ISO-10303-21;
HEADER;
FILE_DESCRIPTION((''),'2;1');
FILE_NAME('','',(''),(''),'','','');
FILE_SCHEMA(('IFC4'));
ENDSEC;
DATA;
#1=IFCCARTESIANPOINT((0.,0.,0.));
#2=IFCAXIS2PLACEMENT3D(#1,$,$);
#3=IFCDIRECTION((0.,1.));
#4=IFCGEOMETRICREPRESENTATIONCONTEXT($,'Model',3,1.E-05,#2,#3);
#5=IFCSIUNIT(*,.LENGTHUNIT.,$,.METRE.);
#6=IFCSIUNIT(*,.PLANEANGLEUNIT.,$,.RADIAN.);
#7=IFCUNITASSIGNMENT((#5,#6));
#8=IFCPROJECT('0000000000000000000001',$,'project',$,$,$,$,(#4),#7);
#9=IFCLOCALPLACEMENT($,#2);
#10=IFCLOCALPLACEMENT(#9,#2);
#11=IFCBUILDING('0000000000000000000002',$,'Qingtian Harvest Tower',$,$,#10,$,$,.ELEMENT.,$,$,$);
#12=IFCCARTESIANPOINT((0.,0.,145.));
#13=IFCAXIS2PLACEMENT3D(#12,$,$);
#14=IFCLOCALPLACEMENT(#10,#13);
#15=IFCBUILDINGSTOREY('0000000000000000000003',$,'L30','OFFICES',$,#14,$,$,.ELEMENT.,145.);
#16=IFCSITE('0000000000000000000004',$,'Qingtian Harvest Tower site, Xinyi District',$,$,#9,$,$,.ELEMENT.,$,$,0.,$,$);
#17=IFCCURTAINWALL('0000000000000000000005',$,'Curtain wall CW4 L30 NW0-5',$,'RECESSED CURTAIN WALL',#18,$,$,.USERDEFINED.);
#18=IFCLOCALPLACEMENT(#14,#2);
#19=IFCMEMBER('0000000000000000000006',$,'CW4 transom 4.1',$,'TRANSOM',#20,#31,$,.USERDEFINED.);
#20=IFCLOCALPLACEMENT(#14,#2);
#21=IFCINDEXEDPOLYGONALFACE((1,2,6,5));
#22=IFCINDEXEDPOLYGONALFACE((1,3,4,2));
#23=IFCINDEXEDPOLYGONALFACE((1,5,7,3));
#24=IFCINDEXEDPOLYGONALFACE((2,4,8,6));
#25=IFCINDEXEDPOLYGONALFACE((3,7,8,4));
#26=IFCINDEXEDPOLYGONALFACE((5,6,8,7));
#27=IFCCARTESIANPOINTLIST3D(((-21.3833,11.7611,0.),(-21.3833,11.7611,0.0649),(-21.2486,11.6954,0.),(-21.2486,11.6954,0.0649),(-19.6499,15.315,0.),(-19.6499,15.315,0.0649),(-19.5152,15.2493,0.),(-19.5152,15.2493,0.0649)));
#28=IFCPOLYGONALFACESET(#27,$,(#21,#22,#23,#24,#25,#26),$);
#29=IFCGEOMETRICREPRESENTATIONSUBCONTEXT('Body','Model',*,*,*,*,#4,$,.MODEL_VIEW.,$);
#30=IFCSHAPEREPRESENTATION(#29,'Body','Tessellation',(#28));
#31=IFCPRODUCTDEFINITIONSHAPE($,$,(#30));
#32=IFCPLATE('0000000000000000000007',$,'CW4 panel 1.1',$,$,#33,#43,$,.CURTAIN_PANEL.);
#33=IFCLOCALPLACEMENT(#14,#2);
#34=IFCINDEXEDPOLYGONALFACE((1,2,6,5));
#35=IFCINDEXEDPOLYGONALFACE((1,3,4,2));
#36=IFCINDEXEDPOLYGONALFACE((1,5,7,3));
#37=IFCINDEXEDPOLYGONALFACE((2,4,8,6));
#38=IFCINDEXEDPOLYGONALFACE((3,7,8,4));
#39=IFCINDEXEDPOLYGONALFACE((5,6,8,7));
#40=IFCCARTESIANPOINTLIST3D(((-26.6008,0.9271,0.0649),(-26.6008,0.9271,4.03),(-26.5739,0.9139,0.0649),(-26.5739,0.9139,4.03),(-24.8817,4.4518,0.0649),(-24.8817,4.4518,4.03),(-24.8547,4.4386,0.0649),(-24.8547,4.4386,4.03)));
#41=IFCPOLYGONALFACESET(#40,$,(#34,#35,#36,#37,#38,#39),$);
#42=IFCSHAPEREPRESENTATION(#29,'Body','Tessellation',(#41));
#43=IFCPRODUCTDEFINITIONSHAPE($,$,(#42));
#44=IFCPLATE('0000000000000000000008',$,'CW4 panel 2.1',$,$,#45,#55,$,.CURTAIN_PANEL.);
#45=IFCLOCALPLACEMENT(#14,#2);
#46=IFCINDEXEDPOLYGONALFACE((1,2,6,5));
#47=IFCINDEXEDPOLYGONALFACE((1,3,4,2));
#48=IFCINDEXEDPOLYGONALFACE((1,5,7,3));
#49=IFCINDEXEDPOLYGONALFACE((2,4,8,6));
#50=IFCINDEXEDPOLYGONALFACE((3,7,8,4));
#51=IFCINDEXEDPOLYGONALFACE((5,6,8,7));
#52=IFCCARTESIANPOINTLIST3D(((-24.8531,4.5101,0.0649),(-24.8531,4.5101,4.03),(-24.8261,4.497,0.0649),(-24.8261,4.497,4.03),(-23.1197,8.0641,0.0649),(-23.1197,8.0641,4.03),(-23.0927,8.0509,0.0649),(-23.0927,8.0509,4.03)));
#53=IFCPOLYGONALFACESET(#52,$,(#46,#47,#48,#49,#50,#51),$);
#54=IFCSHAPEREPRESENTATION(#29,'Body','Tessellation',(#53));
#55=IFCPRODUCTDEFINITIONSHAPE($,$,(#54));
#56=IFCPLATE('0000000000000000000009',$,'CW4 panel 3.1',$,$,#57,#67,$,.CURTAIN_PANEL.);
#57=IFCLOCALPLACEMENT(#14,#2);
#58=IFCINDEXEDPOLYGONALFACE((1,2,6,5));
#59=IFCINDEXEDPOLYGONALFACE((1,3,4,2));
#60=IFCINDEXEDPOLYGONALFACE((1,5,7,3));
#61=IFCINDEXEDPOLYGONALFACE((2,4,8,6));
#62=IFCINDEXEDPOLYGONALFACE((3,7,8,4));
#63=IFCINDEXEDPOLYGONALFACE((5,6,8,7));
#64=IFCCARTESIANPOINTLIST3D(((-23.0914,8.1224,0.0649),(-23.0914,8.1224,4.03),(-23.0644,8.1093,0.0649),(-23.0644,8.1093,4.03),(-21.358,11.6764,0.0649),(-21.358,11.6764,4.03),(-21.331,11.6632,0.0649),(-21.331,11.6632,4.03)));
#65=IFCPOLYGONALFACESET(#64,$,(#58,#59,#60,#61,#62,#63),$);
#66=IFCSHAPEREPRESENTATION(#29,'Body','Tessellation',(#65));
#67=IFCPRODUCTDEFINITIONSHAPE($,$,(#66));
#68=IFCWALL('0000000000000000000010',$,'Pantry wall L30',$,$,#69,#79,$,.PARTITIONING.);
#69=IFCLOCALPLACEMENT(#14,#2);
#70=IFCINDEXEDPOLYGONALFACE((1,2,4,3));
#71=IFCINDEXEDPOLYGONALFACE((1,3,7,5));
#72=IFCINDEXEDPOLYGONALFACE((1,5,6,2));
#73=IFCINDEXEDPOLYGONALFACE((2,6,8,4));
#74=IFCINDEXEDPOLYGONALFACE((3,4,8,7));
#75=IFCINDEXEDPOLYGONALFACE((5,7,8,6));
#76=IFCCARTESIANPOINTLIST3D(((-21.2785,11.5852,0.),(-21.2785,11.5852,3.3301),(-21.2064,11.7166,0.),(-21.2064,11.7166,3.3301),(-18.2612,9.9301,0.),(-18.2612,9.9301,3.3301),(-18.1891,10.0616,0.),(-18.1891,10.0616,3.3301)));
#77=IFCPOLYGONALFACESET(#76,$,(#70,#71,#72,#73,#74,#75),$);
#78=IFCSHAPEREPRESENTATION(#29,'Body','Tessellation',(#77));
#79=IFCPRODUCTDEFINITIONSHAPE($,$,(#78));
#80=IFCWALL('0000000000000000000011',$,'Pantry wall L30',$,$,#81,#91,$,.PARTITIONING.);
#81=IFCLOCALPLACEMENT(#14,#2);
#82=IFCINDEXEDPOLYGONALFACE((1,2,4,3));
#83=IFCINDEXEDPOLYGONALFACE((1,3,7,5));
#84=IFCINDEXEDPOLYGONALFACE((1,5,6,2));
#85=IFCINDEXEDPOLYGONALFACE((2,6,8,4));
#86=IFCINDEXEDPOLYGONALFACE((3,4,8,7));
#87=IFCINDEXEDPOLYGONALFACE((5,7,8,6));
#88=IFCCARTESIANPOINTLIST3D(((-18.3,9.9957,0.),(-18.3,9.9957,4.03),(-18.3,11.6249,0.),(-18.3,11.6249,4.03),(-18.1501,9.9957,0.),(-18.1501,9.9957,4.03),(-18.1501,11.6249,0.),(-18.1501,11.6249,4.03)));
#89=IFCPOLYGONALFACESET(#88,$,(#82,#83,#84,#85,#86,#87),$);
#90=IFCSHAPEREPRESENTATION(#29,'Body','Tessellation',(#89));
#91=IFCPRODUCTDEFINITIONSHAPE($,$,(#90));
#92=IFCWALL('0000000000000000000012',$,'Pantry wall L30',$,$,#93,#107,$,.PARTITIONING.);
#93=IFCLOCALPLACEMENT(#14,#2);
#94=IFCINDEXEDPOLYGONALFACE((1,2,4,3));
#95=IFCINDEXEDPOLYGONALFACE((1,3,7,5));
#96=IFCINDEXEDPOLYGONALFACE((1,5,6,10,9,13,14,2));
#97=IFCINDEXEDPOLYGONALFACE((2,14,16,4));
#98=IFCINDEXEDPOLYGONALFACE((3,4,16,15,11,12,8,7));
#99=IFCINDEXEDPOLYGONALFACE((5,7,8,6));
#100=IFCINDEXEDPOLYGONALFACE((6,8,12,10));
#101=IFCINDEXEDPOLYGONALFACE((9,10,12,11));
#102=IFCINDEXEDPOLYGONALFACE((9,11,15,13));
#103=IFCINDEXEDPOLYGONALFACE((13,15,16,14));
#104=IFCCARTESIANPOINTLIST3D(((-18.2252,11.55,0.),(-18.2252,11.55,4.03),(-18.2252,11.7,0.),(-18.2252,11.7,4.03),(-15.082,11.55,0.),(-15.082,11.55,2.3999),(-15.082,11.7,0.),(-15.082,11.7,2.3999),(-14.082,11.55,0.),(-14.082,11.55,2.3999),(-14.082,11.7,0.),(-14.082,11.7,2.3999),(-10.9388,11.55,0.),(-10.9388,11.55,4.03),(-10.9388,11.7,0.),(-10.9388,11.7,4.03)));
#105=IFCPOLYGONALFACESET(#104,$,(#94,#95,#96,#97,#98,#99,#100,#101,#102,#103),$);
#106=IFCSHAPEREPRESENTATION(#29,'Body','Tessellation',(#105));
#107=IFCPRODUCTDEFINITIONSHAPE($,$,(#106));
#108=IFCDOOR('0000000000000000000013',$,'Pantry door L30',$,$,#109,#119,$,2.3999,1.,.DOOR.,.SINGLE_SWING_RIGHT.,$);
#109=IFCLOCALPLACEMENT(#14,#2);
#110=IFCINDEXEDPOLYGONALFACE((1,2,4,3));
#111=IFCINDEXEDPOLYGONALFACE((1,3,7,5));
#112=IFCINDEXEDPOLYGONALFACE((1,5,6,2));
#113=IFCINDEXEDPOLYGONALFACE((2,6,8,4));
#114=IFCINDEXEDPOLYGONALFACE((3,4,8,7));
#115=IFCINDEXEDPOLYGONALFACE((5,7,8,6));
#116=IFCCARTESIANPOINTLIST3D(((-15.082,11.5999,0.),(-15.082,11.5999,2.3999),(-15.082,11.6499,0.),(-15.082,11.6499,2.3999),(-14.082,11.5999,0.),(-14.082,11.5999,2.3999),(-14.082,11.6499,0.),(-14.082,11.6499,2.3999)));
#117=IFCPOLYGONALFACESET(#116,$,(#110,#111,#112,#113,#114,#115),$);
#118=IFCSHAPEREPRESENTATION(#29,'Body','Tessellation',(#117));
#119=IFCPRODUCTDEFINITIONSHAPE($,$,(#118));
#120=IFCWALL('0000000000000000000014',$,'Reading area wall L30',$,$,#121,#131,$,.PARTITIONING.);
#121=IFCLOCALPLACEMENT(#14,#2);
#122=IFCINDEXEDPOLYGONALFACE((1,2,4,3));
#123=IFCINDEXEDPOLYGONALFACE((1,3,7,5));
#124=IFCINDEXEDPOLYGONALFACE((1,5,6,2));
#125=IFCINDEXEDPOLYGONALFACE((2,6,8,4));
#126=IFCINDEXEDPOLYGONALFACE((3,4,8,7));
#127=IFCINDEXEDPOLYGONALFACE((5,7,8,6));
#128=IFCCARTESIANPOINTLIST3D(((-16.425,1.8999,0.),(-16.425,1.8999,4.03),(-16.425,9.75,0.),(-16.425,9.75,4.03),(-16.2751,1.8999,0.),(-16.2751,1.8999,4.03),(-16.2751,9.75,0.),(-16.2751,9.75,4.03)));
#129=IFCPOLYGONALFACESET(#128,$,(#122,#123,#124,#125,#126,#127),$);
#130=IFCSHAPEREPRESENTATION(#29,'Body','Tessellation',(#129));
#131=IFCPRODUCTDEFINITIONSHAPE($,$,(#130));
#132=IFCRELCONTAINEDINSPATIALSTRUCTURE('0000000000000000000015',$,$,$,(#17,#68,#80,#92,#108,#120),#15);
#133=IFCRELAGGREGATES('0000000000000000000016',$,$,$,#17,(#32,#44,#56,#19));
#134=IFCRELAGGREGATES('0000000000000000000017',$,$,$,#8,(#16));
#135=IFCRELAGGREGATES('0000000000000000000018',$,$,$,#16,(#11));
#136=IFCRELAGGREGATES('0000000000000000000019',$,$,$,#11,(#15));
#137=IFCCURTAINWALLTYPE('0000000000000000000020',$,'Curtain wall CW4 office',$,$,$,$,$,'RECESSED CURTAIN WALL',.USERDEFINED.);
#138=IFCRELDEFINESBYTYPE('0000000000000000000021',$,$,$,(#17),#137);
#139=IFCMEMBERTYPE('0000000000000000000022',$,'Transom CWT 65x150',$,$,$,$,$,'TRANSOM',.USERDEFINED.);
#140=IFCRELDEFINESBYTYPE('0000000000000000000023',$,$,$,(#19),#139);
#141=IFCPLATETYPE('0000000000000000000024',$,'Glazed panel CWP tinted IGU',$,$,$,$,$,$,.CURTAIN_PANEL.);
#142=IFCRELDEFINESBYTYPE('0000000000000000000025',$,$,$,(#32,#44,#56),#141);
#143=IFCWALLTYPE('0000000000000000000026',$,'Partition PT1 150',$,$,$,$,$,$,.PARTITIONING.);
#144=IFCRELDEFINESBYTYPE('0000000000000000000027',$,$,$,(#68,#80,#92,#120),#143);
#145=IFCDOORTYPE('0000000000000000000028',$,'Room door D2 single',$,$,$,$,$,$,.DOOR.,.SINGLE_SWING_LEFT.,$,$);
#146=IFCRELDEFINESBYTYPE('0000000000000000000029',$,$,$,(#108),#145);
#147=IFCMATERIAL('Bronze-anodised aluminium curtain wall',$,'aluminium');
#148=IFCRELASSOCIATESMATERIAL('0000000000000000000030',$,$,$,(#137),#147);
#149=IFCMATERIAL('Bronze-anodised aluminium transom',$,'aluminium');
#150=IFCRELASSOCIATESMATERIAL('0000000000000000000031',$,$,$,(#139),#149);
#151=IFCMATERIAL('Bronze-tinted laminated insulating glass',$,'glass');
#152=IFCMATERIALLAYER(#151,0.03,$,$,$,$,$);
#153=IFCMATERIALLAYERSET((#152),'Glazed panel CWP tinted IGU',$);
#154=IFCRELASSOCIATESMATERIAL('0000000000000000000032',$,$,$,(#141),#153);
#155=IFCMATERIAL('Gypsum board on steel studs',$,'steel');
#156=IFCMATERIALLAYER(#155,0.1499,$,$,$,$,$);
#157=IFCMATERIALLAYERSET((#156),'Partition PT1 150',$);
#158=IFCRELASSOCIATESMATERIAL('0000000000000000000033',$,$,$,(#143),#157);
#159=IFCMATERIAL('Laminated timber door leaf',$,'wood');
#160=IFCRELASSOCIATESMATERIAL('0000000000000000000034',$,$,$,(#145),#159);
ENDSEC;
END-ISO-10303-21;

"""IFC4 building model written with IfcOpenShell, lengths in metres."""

from ifc_helpers import new_model, si_unit, direction, frame, frame_2d, origin, origin_2d, place, context, subcontext, project, spatial, rectangle, extrude, material, layer, layer_set, material_profile, profile_set, type_object, element, fill, aggregate, save


model = new_model("IFC4")

# Units and contexts
model_context = context("Model", 3, precision=1e-05, world=origin(), true_north=direction((0.0, 1.0)))
body_context = subcontext(model_context, "Body", "Model", "MODEL_VIEW")
ifc_project = project(units=[si_unit("LENGTHUNIT", "METRE"), si_unit("PLANEANGLEUNIT", "RADIAN")], contexts=[model_context])

# Site, building, storey
site_placement = place(None, origin())
site = spatial("IfcSite", under=ifc_project, at=site_placement, Name="Qingtian Harvest Tower site, Xinyi District", CompositionType="ELEMENT", RefElevation=0.0)
building_placement = place(site_placement, origin())
building = spatial("IfcBuilding", under=site, at=building_placement, Name="Qingtian Harvest Tower", CompositionType="ELEMENT")
storey_placement = place(building_placement, frame((0.0, 0.0, 145.0)))
storey = spatial("IfcBuildingStorey", under=building, at=storey_placement, Name="L30", Description="OFFICES", CompositionType="ELEMENT", Elevation=145.0)

# Shared definitions
ifc_material_1 = material(Name="Bronze-anodised aluminium curtain wall", Category="aluminium")
curtain_wall_type = type_object("IfcCurtainWallType", Name="Curtain wall CW4 office", ElementType="RECESSED CURTAIN WALL", PredefinedType="USERDEFINED", material=ifc_material_1)

# Curtain wall
curtain_wall_1_placement = place(storey_placement, origin())
curtain_wall_1 = element("IfcCurtainWall", 1, at=curtain_wall_1_placement, inside=storey, type_object=curtain_wall_type, Name="Curtain wall CW4 L30 NW0-5", ObjectType="RECESSED CURTAIN WALL", PredefinedType="USERDEFINED")

# Member
ifc_material_2 = material(Name="Bronze-anodised aluminium transom", Category="aluminium")
ifc_material_profile_1 = material_profile(ifc_material_2, rectangle(XDim=0.1499, YDim=0.0649, at=origin_2d()), Name="AL 65x150")
ifc_profile_set_1 = profile_set([ifc_material_profile_1], Name="Bronze-anodised aluminium transom")
member_type_1 = type_object("IfcMemberType", Name="Transom CWT 65x150", ElementType="TRANSOM", PredefinedType="USERDEFINED", material=ifc_profile_set_1)
member_1_placement = place(storey_placement, frame((-21.3159, 11.7283, 0.0325), z_axis=(0.438375, 0.898792, 0.0), x_axis=(-0.898792, 0.438375, 0.0)))
member_1 = element("IfcMember", 2, at=member_1_placement, type_object=member_type_1, Name="CW4 transom 4.1", ObjectType="TRANSOM", PredefinedType="USERDEFINED", context=body_context, shape_type="SweptSolid", body=[
    extrude(rectangle(XDim=0.1499, YDim=0.0649, at=origin_2d()), origin(), (0.0, 0.0, 1.0), 3.9541),
])

# Plates
ifc_material_3 = material(Name="Bronze-tinted laminated insulating glass", Category="glass")
ifc_layer_1 = layer(ifc_material_3, 0.03)
ifc_layer_set_1 = layer_set([ifc_layer_1], Name="Glazed panel CWP tinted IGU")
plate_type = type_object("IfcPlateType", Name="Glazed panel CWP tinted IGU", PredefinedType="CURTAIN_PANEL", material=ifc_layer_set_1)
plate_1_placement = place(storey_placement, frame((-25.7278, 2.6829, 0.0649), z_axis=(0.0, 0.0, 1.0), x_axis=(0.438371, 0.898794, 0.0)))
plate_1 = element("IfcPlate", 3, at=plate_1_placement, type_object=plate_type, Name="CW4 panel 1.1", PredefinedType="CURTAIN_PANEL", context=body_context, shape_type="SweptSolid", body=[
    extrude(rectangle(XDim=3.9216, YDim=0.03, at=origin_2d()), origin(), (0.0, 0.0, 1.0), 3.9651),
])
plate_2_placement = place(storey_placement, frame((-23.9729, 6.2805, 0.0649), z_axis=(0.0, 0.0, 1.0), x_axis=(0.438371, 0.898794, 0.0)))
plate_2 = element("IfcPlate", 4, at=plate_2_placement, type_object=plate_type, Name="CW4 panel 2.1", PredefinedType="CURTAIN_PANEL", context=body_context, shape_type="SweptSolid", body=[
    extrude(rectangle(XDim=3.9541, YDim=0.03, at=origin_2d()), origin(), (0.0, 0.0, 1.0), 3.9651),
])
plate_3_placement = place(storey_placement, frame((-22.2112, 9.8928, 0.0649), z_axis=(0.0, 0.0, 1.0), x_axis=(0.438371, 0.898794, 0.0)))
plate_3 = element("IfcPlate", 5, at=plate_3_placement, type_object=plate_type, Name="CW4 panel 3.1", PredefinedType="CURTAIN_PANEL", context=body_context, shape_type="SweptSolid", body=[
    extrude(rectangle(XDim=3.9541, YDim=0.03, at=origin_2d()), origin(), (0.0, 0.0, 1.0), 3.9651),
])
aggregate(curtain_wall_1, [plate_1, plate_2, plate_3, member_1])

# Walls
ifc_material_4 = material(Name="Gypsum board on steel studs", Category="steel")
ifc_layer_2 = layer(ifc_material_4, 0.1499)
ifc_layer_set_2 = layer_set([ifc_layer_2], Name="Partition PT1 150")
wall_type = type_object("IfcWallType", Name="Partition PT1 150", PredefinedType="PARTITIONING", material=ifc_layer_set_2)
wall_1_placement = place(storey_placement, frame((-21.2424, 11.6509, 0.0), z_axis=(0.0, 0.0, 1.0), x_axis=(0.876768, -0.480914, 0.0)))
element("IfcWall", 6, at=wall_1_placement, inside=storey, type_object=wall_type, Name="Pantry wall L30", PredefinedType="PARTITIONING", context=body_context, shape_type="SweptSolid", body=[
    extrude(rectangle(XDim=3.4414, YDim=0.1499, at=frame_2d((1.7207, 0.0))), origin(), (0.0, 0.0, 1.0), 3.3301),
])
wall_2_placement = place(storey_placement, frame((-18.2251, 9.9958, 0.0), z_axis=(0.0, 0.0, 1.0), x_axis=(0.0, 1.0, 0.0)))
element("IfcWall", 7, at=wall_2_placement, inside=storey, type_object=wall_type, Name="Pantry wall L30", PredefinedType="PARTITIONING", context=body_context, shape_type="SweptSolid", body=[
    extrude(rectangle(XDim=1.6292, YDim=0.1499, at=frame_2d((0.8145, 0.0))), origin(), (0.0, 0.0, 1.0), 4.03),
])

# Wall, opening, door
wall_3_placement = place(storey_placement, frame((-18.2251, 11.625, 0.0), z_axis=(0.0, 0.0, 1.0), x_axis=(1.0, 0.0, 0.0)))
wall_3 = element("IfcWall", 8, at=wall_3_placement, inside=storey, type_object=wall_type, Name="Pantry wall L30", PredefinedType="PARTITIONING", context=body_context, shape_type="SweptSolid", body=[
    extrude(rectangle(XDim=7.2864, YDim=0.1499, at=frame_2d((3.6431, 0.0))), origin(), (0.0, 0.0, 1.0), 4.03),
])
opening_placement = place(wall_3_placement, frame((3.1431, 0.0, 0.0)))
opening = element("IfcOpeningElement", 9, at=opening_placement, cuts=wall_3, PredefinedType="OPENING", context=body_context, shape_type="SweptSolid", body=[
    extrude(rectangle(XDim=1.0, YDim=2.3999, at=frame_2d((0.5, 1.2))), frame((0.0, 0.085, 0.0), z_axis=(0.0, -1.0, 0.0), x_axis=(1.0, 0.0, 0.0)), (0.0, 0.0, 1.0), 0.1699),
])
ifc_material_5 = material(Name="Laminated timber door leaf", Category="wood")
door_type = type_object("IfcDoorType", Name="Room door D2 single", OperationType="SINGLE_SWING_LEFT", PredefinedType="DOOR", material=ifc_material_5)
door_placement = place(opening_placement, origin())
door = element("IfcDoor", 10, at=door_placement, inside=storey, type_object=door_type, Name="Pantry door L30", OperationType="SINGLE_SWING_RIGHT", OverallHeight=2.3999, OverallWidth=1.0, PredefinedType="DOOR", context=body_context, shape_type="SweptSolid", body=[
    extrude(rectangle(XDim=1.0, YDim=2.3999, at=frame_2d((0.5, 1.2))), frame((0.0, 0.0249, 0.0), z_axis=(0.0, -1.0, 0.0), x_axis=(1.0, 0.0, 0.0)), (0.0, 0.0, 1.0), 0.05),
])
fill(opening, door)

# Wall
wall_4_placement = place(storey_placement, frame((-16.3501, 1.8999, 0.0), z_axis=(0.0, 0.0, 1.0), x_axis=(0.0, 1.0, 0.0)))
element("IfcWall", 11, at=wall_4_placement, inside=storey, type_object=wall_type, Name="Reading area wall L30", PredefinedType="PARTITIONING", context=body_context, shape_type="SweptSolid", body=[
    extrude(rectangle(XDim=7.8501, YDim=0.1499, at=frame_2d((3.925, 0.0))), origin(), (0.0, 0.0, 1.0), 4.03),
])

save(model, "model.ifc")
